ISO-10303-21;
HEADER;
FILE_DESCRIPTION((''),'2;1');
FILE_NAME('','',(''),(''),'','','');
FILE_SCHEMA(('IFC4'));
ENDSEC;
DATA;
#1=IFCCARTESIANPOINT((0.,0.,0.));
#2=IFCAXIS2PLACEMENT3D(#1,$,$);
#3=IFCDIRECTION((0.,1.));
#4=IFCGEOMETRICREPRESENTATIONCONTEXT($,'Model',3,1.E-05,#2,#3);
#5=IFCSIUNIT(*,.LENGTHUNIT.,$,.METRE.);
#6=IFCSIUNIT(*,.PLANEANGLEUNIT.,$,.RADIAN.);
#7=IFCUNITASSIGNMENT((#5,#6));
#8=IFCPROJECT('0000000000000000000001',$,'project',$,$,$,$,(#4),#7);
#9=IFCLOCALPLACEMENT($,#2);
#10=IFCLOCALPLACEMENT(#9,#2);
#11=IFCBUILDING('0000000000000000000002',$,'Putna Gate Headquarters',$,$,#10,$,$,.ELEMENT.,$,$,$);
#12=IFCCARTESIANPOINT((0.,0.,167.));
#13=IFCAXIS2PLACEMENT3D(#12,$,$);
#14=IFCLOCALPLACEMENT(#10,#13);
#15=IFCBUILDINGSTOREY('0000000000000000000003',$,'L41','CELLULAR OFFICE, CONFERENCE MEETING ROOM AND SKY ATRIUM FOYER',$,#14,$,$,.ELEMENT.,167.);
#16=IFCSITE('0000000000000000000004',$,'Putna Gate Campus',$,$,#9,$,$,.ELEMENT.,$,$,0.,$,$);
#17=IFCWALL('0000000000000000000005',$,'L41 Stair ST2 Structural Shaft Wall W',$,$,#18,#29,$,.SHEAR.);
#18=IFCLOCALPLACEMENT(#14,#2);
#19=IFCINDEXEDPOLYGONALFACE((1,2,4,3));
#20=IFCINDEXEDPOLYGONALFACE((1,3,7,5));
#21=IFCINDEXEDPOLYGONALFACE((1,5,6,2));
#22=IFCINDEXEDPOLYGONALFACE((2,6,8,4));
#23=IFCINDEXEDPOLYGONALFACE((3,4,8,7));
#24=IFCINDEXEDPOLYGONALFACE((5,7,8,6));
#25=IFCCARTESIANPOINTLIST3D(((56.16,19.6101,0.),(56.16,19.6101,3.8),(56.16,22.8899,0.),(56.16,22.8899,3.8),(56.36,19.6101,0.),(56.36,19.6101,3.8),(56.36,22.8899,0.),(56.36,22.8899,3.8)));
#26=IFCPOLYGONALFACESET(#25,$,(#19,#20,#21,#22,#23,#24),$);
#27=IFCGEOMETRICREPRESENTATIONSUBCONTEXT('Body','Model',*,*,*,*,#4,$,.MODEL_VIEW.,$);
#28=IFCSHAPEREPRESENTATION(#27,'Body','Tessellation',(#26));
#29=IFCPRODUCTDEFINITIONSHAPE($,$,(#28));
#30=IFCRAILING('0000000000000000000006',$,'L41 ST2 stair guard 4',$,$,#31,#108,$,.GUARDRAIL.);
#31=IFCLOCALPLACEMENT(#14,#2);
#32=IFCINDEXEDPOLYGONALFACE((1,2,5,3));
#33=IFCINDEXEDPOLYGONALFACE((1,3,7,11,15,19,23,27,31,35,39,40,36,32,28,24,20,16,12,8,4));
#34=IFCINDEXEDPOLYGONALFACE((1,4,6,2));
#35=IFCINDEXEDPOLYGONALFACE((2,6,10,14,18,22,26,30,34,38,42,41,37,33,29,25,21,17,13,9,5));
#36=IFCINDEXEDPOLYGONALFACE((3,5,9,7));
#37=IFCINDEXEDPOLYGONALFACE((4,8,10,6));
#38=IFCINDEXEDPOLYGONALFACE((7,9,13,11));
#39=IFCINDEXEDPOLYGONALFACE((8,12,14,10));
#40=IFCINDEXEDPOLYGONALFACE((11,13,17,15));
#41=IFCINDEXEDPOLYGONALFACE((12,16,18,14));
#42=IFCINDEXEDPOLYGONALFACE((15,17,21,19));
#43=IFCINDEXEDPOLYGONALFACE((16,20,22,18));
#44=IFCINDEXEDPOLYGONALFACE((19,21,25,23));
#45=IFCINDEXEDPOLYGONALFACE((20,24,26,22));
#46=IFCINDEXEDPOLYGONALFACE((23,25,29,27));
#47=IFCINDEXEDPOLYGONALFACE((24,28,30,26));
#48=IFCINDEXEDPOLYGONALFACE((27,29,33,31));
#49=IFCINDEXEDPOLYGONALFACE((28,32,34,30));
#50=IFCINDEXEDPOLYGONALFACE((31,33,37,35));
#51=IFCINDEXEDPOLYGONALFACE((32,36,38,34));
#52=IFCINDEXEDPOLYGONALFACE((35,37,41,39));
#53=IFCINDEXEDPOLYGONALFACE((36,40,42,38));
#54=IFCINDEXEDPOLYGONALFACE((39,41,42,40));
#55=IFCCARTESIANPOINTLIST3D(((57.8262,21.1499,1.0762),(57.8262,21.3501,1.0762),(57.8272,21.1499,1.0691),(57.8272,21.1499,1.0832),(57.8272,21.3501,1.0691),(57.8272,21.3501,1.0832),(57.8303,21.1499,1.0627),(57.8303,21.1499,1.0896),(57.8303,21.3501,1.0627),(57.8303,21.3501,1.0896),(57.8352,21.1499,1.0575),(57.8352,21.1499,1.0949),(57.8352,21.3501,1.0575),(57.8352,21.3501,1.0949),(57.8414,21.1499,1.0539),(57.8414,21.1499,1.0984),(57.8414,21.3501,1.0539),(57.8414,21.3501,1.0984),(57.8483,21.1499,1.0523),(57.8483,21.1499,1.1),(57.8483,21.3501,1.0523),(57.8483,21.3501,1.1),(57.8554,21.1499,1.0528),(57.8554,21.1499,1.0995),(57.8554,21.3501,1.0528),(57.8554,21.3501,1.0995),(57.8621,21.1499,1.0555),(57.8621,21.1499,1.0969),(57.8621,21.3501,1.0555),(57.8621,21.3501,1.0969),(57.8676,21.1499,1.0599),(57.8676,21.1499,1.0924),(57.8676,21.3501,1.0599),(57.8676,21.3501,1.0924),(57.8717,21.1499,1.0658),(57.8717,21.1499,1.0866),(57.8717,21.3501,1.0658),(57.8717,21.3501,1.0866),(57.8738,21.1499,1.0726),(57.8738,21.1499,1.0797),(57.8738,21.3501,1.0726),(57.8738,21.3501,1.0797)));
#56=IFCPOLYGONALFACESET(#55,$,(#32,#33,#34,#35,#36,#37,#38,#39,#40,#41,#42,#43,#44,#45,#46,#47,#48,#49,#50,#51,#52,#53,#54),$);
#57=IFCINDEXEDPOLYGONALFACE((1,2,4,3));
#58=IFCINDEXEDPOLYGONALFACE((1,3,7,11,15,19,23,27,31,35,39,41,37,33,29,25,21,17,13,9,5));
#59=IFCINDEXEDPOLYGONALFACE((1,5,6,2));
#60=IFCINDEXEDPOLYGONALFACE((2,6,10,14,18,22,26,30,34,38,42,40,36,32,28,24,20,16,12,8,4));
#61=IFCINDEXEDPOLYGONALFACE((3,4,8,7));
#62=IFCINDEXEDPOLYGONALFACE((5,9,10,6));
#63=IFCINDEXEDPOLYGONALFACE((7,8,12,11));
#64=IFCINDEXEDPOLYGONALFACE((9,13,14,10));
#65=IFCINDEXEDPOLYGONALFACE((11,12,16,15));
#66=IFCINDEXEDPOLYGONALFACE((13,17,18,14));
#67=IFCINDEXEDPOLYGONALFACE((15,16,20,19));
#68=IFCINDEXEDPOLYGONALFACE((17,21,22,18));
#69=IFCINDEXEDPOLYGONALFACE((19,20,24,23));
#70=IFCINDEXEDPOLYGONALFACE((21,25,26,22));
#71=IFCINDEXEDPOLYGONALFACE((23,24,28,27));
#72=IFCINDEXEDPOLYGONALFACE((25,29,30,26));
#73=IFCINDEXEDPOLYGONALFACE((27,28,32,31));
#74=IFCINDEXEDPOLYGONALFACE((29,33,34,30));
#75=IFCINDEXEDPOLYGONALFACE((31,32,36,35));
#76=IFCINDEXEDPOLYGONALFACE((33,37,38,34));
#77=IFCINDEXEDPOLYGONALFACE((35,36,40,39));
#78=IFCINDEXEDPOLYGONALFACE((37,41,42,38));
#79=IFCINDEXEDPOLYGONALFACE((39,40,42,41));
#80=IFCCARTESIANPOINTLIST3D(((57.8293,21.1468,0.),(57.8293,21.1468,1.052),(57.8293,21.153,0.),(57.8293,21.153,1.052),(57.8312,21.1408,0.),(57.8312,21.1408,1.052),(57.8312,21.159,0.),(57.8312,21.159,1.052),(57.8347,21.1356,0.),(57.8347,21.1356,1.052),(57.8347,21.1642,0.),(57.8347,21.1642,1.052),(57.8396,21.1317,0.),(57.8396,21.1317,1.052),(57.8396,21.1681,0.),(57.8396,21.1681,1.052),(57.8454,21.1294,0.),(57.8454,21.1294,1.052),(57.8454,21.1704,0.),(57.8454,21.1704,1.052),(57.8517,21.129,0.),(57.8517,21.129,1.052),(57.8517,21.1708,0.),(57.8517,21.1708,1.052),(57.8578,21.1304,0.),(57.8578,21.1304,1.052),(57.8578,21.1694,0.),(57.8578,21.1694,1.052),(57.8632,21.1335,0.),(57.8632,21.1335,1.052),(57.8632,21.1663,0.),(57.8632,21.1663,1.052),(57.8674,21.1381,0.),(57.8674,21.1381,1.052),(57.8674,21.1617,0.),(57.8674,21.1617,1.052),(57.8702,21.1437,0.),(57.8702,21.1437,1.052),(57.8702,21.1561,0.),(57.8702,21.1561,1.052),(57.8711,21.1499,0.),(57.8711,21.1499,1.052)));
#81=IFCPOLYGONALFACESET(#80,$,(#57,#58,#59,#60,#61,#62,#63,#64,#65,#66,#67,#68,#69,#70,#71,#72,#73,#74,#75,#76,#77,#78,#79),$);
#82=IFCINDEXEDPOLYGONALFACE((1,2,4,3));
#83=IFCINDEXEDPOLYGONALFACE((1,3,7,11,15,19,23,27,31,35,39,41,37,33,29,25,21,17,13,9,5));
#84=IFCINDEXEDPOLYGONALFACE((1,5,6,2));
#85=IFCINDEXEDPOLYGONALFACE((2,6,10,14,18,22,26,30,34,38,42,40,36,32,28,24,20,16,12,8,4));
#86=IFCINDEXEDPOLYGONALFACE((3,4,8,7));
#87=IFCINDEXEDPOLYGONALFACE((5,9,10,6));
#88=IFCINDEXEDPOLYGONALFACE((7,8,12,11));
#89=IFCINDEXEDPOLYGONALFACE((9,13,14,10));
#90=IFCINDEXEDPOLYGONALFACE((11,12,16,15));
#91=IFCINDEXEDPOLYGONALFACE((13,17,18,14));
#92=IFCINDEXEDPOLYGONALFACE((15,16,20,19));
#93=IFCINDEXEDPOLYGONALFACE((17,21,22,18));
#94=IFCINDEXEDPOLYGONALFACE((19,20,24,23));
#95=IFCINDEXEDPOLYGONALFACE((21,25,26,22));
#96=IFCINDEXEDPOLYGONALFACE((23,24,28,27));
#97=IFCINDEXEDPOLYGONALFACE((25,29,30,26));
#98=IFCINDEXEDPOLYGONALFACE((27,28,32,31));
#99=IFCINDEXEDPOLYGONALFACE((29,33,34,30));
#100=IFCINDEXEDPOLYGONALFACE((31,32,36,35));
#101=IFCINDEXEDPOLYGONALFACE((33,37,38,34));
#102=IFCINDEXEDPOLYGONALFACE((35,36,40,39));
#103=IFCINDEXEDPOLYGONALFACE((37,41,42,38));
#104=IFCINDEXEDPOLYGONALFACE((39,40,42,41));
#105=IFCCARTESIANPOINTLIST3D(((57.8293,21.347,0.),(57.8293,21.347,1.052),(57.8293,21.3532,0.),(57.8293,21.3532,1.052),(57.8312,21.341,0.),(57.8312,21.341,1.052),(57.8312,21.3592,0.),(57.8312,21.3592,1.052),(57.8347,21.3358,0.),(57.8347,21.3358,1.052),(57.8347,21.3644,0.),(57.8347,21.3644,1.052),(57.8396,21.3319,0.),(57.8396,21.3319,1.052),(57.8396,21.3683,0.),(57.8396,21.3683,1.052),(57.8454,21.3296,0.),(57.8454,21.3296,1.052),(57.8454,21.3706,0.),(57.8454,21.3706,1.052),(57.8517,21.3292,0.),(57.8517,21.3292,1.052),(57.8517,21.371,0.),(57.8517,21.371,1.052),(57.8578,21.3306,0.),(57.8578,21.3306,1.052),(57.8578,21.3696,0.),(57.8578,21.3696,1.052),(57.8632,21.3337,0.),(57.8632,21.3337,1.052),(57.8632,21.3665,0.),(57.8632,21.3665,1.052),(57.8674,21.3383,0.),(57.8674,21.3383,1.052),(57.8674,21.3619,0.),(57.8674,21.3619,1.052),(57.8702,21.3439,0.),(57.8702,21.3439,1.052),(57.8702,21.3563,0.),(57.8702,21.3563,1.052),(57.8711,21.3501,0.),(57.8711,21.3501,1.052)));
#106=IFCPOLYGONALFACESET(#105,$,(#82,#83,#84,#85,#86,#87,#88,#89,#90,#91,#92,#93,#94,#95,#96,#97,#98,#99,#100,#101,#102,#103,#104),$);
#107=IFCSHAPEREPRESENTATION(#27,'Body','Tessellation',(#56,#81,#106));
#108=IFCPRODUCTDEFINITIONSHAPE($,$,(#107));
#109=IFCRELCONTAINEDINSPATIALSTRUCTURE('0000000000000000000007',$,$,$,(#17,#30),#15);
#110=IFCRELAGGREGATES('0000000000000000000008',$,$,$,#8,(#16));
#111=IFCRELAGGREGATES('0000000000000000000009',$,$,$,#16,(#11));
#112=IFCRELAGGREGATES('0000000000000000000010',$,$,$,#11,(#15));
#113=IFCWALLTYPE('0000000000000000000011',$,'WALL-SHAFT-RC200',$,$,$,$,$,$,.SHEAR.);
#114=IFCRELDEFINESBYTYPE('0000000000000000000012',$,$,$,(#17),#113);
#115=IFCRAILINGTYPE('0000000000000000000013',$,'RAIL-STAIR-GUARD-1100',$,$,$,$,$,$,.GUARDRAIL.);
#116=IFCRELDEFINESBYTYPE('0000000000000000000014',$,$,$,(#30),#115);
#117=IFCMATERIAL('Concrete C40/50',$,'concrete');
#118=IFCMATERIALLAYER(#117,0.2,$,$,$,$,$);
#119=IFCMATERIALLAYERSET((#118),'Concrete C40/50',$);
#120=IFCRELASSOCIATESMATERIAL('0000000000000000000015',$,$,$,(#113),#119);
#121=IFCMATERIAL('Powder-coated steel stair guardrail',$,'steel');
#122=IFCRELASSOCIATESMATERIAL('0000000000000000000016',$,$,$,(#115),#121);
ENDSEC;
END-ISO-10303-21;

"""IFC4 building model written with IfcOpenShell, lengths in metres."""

from ifc_helpers import new_model, si_unit, direction, frame, frame_2d, origin, origin_2d, place, context, subcontext, project, spatial, rectangle, circle, extrude, material, layer, layer_set, type_object, element, save


model = new_model("IFC4")

# Units and contexts
model_context = context("Model", 3, precision=1e-05, world=origin(), true_north=direction((0.0, 1.0)))
body_context = subcontext(model_context, "Body", "Model", "MODEL_VIEW")
ifc_project = project(units=[si_unit("LENGTHUNIT", "METRE"), si_unit("PLANEANGLEUNIT", "RADIAN")], contexts=[model_context])

# Site, building, storey
site_placement = place(None, origin())
site = spatial("IfcSite", under=ifc_project, at=site_placement, Name="Putna Gate Campus", CompositionType="ELEMENT", RefElevation=0.0)
building_placement = place(site_placement, origin())
building = spatial("IfcBuilding", under=site, at=building_placement, Name="Putna Gate Headquarters", CompositionType="ELEMENT")
storey_placement = place(building_placement, frame((0.0, 0.0, 167.0)))
storey = spatial("IfcBuildingStorey", under=building, at=storey_placement, Name="L41", Description="CELLULAR OFFICE, CONFERENCE MEETING ROOM AND SKY ATRIUM FOYER", CompositionType="ELEMENT", Elevation=167.0)

# Shared definitions
ifc_material_1 = material(Name="Concrete C40/50", Category="concrete")

# Shared definitions
ifc_layer_1 = layer(ifc_material_1, 0.2)
ifc_layer_set_1 = layer_set([ifc_layer_1], Name="Concrete C40/50")
wall_type_1 = type_object("IfcWallType", Name="WALL-SHAFT-RC200", PredefinedType="SHEAR", material=ifc_layer_set_1)

# Wall
wall_1_placement = place(storey_placement, frame((56.26, 19.6101, 0.0), z_axis=(0.0, 0.0, 1.0), x_axis=(0.0, 1.0, 0.0)))
element("IfcWall", 1, at=wall_1_placement, inside=storey, type_object=wall_type_1, Name="L41 Stair ST2 Structural Shaft Wall W", PredefinedType="SHEAR", context=body_context, shape_type="SweptSolid", body=[
    extrude(rectangle(XDim=3.2798, YDim=0.2, at=frame_2d((1.6399, 0.0))), origin(), (0.0, 0.0, 1.0), 3.8),
])

# Railing
ifc_material_2 = material(Name="Powder-coated steel stair guardrail", Category="steel")
railing_type = type_object("IfcRailingType", Name="RAIL-STAIR-GUARD-1100", PredefinedType="GUARDRAIL", material=ifc_material_2)
railing_placement = place(storey_placement, frame((57.8501, 21.1499, 0.0)))
element("IfcRailing", 2, at=railing_placement, inside=storey, type_object=railing_type, Name="L41 ST2 stair guard 4", PredefinedType="GUARDRAIL", context=body_context, shape_type="SweptSolid", body=[
    extrude(circle(Radius=0.0239, at=origin_2d()), frame((0.0, 0.0, 1.0762), z_axis=(0.0, 1.0, 0.0), x_axis=(-1.0, 0.0, 0.0)), (0.0, 0.0, 1.0), 0.2002),
    extrude(circle(Radius=0.021, at=origin_2d()), origin(), (0.0, 0.0, 1.0), 1.052),
    extrude(circle(Radius=0.021, at=origin_2d()), frame((0.0, 0.2002, 0.0)), (0.0, 0.0, 1.0), 1.052),
])

save(model, "model.ifc")
